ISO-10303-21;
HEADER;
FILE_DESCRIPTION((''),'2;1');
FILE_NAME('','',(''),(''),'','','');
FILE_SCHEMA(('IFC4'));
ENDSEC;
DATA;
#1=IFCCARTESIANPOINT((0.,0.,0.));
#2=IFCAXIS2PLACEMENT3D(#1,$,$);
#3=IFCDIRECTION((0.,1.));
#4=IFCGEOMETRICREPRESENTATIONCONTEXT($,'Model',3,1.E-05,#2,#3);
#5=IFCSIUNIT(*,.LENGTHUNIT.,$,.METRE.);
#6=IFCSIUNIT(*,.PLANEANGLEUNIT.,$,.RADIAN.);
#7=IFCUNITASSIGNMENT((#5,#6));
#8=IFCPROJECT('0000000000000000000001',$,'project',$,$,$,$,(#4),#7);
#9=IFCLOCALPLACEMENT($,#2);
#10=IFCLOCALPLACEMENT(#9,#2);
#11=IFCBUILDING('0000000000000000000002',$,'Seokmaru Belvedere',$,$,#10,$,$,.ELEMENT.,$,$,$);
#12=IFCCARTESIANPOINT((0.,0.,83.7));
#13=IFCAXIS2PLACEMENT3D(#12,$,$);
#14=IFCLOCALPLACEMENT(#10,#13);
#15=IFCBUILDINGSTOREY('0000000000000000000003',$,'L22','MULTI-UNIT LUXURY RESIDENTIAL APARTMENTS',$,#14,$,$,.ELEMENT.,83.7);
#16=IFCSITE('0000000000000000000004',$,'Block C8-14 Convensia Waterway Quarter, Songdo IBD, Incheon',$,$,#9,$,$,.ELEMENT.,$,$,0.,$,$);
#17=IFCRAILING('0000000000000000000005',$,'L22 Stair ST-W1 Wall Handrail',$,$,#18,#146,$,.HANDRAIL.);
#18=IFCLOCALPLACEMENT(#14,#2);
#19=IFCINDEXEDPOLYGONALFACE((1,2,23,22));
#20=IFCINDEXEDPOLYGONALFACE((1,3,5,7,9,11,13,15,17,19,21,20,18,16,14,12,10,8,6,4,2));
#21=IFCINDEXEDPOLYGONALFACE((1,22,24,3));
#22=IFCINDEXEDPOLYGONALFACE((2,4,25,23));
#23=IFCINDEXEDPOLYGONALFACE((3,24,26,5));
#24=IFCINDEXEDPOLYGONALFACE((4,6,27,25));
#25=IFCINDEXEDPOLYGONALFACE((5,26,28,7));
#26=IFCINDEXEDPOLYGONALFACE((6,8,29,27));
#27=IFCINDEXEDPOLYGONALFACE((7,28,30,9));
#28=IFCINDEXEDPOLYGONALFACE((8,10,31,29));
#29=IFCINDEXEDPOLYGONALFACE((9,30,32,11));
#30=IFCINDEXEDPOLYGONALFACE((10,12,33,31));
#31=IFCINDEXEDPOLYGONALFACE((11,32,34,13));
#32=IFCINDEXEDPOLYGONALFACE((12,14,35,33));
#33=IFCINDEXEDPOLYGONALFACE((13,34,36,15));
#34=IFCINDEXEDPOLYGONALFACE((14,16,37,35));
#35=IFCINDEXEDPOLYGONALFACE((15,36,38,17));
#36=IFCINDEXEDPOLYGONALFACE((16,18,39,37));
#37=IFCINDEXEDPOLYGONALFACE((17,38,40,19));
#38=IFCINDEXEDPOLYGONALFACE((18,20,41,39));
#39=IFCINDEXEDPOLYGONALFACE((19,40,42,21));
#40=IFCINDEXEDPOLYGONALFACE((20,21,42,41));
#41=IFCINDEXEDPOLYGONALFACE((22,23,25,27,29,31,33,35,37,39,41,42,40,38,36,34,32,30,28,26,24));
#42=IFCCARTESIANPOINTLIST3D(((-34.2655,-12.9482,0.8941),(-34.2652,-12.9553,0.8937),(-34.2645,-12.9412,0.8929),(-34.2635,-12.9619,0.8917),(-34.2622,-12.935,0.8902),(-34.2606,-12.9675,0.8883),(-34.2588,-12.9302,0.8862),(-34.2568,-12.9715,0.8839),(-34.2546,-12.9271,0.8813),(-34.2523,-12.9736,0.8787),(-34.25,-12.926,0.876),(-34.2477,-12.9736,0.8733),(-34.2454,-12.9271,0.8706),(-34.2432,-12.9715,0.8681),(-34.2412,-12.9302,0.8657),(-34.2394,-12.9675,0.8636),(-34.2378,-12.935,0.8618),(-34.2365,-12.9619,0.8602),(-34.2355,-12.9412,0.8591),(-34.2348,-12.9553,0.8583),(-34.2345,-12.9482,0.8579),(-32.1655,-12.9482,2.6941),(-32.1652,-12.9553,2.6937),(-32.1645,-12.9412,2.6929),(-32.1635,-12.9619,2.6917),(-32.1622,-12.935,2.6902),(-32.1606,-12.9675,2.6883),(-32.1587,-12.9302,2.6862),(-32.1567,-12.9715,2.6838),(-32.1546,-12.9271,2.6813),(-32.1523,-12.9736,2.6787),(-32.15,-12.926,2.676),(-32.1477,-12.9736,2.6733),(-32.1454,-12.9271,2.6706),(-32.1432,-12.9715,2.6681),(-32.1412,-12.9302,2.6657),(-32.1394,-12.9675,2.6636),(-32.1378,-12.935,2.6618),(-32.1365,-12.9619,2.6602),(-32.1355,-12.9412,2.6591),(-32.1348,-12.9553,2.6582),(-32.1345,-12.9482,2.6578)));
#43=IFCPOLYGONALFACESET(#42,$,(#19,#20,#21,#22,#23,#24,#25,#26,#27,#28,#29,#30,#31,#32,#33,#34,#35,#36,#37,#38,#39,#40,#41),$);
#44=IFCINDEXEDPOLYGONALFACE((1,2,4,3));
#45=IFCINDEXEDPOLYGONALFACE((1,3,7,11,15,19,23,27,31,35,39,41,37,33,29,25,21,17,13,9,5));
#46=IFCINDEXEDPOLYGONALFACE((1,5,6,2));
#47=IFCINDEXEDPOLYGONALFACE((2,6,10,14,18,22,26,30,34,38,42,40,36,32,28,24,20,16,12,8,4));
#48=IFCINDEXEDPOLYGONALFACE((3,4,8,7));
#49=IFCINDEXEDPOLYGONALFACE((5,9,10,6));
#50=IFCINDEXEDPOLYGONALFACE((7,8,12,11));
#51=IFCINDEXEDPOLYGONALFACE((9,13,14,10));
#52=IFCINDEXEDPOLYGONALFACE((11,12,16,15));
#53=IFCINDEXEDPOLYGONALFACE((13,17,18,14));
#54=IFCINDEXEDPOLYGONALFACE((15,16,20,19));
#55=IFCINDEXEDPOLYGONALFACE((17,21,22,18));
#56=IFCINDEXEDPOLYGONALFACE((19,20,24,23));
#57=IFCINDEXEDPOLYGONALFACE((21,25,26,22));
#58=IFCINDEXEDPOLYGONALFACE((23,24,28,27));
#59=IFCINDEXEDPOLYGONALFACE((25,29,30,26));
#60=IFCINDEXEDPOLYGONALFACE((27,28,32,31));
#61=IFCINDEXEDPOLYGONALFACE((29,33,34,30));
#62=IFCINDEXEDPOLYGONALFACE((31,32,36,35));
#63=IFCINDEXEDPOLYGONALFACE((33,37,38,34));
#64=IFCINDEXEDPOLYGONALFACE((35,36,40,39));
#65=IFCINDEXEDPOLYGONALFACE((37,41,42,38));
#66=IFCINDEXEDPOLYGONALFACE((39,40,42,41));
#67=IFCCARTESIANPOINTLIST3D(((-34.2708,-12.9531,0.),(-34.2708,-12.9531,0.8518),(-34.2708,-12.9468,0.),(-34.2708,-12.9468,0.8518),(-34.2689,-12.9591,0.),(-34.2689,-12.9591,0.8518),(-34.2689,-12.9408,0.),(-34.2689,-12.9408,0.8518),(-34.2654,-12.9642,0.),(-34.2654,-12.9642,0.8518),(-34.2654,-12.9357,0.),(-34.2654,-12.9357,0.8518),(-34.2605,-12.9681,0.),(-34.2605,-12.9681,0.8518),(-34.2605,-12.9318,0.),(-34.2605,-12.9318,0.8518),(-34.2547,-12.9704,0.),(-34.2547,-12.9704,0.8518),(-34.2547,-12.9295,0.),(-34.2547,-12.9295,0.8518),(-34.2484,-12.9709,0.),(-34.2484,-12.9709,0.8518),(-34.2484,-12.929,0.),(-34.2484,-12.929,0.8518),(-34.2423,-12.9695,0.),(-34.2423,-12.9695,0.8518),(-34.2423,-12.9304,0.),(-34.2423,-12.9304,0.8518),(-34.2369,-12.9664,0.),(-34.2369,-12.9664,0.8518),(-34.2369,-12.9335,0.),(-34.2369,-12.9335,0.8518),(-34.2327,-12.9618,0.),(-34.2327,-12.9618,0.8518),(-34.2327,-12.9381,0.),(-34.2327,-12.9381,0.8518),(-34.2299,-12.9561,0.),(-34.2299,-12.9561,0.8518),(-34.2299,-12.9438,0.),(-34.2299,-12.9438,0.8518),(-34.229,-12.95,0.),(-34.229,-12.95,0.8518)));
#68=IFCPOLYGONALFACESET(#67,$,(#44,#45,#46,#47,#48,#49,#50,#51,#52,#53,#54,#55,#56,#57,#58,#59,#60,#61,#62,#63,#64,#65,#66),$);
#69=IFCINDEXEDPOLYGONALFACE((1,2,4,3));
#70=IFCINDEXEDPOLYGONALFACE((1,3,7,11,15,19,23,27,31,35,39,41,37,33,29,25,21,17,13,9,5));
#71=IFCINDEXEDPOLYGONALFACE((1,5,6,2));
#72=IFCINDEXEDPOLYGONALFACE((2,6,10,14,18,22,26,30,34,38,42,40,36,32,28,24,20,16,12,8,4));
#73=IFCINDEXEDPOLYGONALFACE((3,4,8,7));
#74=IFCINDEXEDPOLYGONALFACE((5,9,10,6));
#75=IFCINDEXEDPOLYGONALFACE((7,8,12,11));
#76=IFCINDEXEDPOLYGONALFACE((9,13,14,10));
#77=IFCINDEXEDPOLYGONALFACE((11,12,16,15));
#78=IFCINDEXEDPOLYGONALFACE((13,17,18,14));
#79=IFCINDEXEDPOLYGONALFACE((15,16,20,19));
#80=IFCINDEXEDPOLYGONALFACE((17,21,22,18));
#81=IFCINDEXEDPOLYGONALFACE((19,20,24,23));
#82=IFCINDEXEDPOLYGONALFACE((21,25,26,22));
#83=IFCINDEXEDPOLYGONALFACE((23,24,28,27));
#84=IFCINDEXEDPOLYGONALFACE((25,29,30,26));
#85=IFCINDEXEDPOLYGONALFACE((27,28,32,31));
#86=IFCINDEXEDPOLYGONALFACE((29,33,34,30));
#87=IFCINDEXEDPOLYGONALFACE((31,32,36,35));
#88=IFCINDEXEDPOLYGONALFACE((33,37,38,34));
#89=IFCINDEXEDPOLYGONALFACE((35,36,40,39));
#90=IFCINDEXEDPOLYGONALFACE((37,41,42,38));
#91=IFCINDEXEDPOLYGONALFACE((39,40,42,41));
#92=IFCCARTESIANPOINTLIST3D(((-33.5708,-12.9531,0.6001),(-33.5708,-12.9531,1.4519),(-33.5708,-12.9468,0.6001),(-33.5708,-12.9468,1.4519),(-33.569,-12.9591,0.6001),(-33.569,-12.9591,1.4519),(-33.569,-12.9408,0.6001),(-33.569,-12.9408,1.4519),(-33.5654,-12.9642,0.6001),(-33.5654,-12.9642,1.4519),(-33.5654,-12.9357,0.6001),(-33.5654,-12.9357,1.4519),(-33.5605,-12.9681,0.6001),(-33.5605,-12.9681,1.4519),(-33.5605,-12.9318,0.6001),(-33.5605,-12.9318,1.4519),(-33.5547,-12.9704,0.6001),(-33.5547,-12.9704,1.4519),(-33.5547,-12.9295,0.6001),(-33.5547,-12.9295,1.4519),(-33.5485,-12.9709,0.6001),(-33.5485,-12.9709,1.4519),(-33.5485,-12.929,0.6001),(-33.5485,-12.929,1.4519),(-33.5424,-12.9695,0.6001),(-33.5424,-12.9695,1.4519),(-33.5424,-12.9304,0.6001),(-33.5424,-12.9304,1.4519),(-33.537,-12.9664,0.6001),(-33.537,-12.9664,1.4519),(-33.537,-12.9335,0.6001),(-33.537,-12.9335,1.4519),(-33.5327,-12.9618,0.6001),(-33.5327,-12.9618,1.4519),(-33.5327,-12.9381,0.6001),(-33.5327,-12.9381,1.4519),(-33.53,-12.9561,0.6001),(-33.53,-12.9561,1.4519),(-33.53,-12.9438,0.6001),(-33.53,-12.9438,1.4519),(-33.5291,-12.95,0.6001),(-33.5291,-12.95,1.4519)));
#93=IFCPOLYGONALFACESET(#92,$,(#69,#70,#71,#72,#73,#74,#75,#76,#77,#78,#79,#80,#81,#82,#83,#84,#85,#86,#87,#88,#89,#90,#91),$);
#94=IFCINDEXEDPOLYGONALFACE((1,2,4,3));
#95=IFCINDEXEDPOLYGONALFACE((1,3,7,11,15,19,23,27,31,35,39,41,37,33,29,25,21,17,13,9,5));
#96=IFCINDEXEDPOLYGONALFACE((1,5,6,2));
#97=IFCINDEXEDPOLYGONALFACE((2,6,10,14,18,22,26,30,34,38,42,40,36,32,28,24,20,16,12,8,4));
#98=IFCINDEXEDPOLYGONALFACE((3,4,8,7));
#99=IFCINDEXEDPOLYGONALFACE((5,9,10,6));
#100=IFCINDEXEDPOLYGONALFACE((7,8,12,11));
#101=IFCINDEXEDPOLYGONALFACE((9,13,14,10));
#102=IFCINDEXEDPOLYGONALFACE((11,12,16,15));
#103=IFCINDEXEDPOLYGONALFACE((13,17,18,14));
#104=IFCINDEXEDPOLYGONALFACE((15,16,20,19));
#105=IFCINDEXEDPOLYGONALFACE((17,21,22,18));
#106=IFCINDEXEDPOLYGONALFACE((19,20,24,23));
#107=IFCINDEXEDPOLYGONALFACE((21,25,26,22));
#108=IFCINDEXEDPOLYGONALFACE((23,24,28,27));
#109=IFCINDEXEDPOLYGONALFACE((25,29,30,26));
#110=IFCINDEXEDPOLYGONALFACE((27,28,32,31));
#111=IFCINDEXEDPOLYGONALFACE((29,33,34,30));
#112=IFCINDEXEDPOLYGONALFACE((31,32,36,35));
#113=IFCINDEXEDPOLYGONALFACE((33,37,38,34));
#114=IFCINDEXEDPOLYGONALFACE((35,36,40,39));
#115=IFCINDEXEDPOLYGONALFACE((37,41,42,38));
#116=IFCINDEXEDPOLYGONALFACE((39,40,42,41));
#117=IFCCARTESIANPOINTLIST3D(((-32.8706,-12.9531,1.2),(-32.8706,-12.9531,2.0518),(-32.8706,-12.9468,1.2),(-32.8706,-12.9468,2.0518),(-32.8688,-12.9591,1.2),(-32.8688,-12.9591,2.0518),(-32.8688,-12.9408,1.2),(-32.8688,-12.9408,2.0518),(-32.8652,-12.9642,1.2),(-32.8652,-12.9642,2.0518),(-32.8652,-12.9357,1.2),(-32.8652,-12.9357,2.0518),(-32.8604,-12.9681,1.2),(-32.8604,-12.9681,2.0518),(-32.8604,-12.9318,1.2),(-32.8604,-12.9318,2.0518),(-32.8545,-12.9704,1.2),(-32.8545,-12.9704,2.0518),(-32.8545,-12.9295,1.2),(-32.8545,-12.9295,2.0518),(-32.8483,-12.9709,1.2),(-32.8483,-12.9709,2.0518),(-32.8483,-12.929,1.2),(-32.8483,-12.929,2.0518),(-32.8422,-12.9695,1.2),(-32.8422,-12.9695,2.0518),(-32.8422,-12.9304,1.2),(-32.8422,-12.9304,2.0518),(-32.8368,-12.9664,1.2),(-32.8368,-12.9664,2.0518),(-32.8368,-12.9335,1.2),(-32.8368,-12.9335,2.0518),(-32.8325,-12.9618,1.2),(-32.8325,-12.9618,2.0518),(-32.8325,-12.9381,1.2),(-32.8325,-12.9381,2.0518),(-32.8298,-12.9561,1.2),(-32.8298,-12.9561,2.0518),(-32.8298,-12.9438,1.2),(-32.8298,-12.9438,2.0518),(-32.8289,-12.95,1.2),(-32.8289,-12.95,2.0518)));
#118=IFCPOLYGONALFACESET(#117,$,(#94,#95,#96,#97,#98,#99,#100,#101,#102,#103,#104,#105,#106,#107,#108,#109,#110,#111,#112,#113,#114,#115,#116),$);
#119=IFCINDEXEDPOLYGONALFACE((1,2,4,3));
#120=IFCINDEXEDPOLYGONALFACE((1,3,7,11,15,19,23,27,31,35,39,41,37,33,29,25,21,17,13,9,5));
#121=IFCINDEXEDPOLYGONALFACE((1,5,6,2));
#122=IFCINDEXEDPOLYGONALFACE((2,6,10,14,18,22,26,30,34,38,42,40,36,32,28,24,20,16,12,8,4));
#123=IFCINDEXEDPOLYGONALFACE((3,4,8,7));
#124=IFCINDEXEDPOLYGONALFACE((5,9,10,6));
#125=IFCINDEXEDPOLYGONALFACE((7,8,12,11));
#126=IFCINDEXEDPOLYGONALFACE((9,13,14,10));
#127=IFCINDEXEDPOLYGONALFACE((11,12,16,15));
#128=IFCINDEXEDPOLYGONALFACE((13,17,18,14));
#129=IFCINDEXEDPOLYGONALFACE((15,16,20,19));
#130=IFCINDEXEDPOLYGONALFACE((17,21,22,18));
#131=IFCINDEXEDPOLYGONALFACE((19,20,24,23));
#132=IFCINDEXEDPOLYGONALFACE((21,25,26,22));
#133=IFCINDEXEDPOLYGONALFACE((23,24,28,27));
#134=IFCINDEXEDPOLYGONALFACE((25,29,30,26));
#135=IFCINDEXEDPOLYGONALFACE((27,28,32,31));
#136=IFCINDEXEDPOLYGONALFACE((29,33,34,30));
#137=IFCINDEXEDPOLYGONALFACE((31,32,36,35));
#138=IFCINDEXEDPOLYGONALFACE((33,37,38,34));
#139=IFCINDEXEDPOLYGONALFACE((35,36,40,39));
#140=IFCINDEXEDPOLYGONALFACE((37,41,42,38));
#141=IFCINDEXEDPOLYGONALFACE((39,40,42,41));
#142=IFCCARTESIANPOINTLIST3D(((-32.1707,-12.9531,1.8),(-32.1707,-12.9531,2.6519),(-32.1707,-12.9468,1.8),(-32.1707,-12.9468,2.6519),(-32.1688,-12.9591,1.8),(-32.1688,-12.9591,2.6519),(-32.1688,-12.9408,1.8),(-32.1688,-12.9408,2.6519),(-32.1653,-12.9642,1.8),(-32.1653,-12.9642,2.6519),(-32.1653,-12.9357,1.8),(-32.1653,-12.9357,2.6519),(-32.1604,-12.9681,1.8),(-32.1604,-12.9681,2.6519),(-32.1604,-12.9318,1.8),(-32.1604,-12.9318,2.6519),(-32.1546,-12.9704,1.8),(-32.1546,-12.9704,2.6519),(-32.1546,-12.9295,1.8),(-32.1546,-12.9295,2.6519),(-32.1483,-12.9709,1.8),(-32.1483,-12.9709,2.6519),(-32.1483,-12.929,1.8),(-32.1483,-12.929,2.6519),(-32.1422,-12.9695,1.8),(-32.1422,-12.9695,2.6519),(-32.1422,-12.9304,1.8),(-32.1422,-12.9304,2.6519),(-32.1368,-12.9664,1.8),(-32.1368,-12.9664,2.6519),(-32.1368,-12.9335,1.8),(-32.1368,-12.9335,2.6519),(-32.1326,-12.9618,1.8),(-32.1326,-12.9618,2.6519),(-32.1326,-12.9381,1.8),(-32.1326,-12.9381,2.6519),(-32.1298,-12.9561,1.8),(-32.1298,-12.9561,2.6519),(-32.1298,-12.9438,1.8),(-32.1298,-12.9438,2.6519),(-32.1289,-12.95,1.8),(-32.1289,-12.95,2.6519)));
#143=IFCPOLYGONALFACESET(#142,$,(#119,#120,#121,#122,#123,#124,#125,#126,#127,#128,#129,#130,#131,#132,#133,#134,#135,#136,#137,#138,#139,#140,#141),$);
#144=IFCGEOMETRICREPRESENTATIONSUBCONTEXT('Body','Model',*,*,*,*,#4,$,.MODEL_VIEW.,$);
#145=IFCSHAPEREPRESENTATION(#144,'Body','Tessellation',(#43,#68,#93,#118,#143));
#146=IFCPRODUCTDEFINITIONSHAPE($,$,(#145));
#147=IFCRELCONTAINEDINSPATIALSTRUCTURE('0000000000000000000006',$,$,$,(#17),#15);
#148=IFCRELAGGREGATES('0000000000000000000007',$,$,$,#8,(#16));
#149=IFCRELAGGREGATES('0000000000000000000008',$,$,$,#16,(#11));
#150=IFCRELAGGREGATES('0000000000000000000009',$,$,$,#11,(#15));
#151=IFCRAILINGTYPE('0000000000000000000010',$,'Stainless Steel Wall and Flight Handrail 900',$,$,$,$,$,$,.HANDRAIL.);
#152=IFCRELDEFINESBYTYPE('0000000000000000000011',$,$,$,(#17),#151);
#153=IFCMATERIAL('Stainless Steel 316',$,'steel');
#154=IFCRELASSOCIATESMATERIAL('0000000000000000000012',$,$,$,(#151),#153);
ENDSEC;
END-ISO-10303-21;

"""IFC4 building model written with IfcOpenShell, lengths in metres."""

from ifc_helpers import new_model, si_unit, direction, frame, origin, origin_2d, place, context, subcontext, project, spatial, circle, extrude, material, type_object, element, save


model = new_model("IFC4")

# Units and contexts
model_context = context("Model", 3, precision=1e-05, world=origin(), true_north=direction((0.0, 1.0)))
body_context = subcontext(model_context, "Body", "Model", "MODEL_VIEW")
ifc_project = project(units=[si_unit("LENGTHUNIT", "METRE"), si_unit("PLANEANGLEUNIT", "RADIAN")], contexts=[model_context])

# Site, building, storey
site_placement = place(None, origin())
site = spatial("IfcSite", under=ifc_project, at=site_placement, Name="Block C8-14 Convensia Waterway Quarter, Songdo IBD, Incheon", CompositionType="ELEMENT", RefElevation=0.0)
building_placement = place(site_placement, origin())
building = spatial("IfcBuilding", under=site, at=building_placement, Name="Seokmaru Belvedere", CompositionType="ELEMENT")
storey_placement = place(building_placement, frame((0.0, 0.0, 83.7)))
storey = spatial("IfcBuildingStorey", under=building, at=storey_placement, Name="L22", Description="MULTI-UNIT LUXURY RESIDENTIAL APARTMENTS", CompositionType="ELEMENT", Elevation=83.7)

# Shared definitions
ifc_material_1 = material(Name="Stainless Steel 316", Category="steel")

# Railing
railing_type_1 = type_object("IfcRailingType", Name="Stainless Steel Wall and Flight Handrail 900", PredefinedType="HANDRAIL", material=ifc_material_1)
railing_1_placement = place(storey_placement, frame((-34.25, -12.95, 0.0)))
element("IfcRailing", 1, at=railing_1_placement, inside=storey, type_object=railing_type_1, Name="L22 Stair ST-W1 Wall Handrail", PredefinedType="HANDRAIL", context=body_context, shape_type="SweptSolid", body=[
    extrude(circle(Radius=0.0239, at=origin_2d()), frame((0.0, 0.0, 0.876), z_axis=(0.759263, 0.0, 0.650784), x_axis=(0.0, 1.0, 0.0)), (0.0, 0.0, 1.0), 2.7659),
    extrude(circle(Radius=0.021, at=origin_2d()), origin(), (0.0, 0.0, 1.0), 0.8518),
    extrude(circle(Radius=0.021, at=origin_2d()), frame((0.7, 0.0, 0.6001)), (0.0, 0.0, 1.0), 0.8518),
    extrude(circle(Radius=0.021, at=origin_2d()), frame((1.4001, 0.0, 1.2)), (0.0, 0.0, 1.0), 0.8518),
    extrude(circle(Radius=0.021, at=origin_2d()), frame((2.1001, 0.0, 1.8)), (0.0, 0.0, 1.0), 0.8518),
])

save(model, "model.ifc")
